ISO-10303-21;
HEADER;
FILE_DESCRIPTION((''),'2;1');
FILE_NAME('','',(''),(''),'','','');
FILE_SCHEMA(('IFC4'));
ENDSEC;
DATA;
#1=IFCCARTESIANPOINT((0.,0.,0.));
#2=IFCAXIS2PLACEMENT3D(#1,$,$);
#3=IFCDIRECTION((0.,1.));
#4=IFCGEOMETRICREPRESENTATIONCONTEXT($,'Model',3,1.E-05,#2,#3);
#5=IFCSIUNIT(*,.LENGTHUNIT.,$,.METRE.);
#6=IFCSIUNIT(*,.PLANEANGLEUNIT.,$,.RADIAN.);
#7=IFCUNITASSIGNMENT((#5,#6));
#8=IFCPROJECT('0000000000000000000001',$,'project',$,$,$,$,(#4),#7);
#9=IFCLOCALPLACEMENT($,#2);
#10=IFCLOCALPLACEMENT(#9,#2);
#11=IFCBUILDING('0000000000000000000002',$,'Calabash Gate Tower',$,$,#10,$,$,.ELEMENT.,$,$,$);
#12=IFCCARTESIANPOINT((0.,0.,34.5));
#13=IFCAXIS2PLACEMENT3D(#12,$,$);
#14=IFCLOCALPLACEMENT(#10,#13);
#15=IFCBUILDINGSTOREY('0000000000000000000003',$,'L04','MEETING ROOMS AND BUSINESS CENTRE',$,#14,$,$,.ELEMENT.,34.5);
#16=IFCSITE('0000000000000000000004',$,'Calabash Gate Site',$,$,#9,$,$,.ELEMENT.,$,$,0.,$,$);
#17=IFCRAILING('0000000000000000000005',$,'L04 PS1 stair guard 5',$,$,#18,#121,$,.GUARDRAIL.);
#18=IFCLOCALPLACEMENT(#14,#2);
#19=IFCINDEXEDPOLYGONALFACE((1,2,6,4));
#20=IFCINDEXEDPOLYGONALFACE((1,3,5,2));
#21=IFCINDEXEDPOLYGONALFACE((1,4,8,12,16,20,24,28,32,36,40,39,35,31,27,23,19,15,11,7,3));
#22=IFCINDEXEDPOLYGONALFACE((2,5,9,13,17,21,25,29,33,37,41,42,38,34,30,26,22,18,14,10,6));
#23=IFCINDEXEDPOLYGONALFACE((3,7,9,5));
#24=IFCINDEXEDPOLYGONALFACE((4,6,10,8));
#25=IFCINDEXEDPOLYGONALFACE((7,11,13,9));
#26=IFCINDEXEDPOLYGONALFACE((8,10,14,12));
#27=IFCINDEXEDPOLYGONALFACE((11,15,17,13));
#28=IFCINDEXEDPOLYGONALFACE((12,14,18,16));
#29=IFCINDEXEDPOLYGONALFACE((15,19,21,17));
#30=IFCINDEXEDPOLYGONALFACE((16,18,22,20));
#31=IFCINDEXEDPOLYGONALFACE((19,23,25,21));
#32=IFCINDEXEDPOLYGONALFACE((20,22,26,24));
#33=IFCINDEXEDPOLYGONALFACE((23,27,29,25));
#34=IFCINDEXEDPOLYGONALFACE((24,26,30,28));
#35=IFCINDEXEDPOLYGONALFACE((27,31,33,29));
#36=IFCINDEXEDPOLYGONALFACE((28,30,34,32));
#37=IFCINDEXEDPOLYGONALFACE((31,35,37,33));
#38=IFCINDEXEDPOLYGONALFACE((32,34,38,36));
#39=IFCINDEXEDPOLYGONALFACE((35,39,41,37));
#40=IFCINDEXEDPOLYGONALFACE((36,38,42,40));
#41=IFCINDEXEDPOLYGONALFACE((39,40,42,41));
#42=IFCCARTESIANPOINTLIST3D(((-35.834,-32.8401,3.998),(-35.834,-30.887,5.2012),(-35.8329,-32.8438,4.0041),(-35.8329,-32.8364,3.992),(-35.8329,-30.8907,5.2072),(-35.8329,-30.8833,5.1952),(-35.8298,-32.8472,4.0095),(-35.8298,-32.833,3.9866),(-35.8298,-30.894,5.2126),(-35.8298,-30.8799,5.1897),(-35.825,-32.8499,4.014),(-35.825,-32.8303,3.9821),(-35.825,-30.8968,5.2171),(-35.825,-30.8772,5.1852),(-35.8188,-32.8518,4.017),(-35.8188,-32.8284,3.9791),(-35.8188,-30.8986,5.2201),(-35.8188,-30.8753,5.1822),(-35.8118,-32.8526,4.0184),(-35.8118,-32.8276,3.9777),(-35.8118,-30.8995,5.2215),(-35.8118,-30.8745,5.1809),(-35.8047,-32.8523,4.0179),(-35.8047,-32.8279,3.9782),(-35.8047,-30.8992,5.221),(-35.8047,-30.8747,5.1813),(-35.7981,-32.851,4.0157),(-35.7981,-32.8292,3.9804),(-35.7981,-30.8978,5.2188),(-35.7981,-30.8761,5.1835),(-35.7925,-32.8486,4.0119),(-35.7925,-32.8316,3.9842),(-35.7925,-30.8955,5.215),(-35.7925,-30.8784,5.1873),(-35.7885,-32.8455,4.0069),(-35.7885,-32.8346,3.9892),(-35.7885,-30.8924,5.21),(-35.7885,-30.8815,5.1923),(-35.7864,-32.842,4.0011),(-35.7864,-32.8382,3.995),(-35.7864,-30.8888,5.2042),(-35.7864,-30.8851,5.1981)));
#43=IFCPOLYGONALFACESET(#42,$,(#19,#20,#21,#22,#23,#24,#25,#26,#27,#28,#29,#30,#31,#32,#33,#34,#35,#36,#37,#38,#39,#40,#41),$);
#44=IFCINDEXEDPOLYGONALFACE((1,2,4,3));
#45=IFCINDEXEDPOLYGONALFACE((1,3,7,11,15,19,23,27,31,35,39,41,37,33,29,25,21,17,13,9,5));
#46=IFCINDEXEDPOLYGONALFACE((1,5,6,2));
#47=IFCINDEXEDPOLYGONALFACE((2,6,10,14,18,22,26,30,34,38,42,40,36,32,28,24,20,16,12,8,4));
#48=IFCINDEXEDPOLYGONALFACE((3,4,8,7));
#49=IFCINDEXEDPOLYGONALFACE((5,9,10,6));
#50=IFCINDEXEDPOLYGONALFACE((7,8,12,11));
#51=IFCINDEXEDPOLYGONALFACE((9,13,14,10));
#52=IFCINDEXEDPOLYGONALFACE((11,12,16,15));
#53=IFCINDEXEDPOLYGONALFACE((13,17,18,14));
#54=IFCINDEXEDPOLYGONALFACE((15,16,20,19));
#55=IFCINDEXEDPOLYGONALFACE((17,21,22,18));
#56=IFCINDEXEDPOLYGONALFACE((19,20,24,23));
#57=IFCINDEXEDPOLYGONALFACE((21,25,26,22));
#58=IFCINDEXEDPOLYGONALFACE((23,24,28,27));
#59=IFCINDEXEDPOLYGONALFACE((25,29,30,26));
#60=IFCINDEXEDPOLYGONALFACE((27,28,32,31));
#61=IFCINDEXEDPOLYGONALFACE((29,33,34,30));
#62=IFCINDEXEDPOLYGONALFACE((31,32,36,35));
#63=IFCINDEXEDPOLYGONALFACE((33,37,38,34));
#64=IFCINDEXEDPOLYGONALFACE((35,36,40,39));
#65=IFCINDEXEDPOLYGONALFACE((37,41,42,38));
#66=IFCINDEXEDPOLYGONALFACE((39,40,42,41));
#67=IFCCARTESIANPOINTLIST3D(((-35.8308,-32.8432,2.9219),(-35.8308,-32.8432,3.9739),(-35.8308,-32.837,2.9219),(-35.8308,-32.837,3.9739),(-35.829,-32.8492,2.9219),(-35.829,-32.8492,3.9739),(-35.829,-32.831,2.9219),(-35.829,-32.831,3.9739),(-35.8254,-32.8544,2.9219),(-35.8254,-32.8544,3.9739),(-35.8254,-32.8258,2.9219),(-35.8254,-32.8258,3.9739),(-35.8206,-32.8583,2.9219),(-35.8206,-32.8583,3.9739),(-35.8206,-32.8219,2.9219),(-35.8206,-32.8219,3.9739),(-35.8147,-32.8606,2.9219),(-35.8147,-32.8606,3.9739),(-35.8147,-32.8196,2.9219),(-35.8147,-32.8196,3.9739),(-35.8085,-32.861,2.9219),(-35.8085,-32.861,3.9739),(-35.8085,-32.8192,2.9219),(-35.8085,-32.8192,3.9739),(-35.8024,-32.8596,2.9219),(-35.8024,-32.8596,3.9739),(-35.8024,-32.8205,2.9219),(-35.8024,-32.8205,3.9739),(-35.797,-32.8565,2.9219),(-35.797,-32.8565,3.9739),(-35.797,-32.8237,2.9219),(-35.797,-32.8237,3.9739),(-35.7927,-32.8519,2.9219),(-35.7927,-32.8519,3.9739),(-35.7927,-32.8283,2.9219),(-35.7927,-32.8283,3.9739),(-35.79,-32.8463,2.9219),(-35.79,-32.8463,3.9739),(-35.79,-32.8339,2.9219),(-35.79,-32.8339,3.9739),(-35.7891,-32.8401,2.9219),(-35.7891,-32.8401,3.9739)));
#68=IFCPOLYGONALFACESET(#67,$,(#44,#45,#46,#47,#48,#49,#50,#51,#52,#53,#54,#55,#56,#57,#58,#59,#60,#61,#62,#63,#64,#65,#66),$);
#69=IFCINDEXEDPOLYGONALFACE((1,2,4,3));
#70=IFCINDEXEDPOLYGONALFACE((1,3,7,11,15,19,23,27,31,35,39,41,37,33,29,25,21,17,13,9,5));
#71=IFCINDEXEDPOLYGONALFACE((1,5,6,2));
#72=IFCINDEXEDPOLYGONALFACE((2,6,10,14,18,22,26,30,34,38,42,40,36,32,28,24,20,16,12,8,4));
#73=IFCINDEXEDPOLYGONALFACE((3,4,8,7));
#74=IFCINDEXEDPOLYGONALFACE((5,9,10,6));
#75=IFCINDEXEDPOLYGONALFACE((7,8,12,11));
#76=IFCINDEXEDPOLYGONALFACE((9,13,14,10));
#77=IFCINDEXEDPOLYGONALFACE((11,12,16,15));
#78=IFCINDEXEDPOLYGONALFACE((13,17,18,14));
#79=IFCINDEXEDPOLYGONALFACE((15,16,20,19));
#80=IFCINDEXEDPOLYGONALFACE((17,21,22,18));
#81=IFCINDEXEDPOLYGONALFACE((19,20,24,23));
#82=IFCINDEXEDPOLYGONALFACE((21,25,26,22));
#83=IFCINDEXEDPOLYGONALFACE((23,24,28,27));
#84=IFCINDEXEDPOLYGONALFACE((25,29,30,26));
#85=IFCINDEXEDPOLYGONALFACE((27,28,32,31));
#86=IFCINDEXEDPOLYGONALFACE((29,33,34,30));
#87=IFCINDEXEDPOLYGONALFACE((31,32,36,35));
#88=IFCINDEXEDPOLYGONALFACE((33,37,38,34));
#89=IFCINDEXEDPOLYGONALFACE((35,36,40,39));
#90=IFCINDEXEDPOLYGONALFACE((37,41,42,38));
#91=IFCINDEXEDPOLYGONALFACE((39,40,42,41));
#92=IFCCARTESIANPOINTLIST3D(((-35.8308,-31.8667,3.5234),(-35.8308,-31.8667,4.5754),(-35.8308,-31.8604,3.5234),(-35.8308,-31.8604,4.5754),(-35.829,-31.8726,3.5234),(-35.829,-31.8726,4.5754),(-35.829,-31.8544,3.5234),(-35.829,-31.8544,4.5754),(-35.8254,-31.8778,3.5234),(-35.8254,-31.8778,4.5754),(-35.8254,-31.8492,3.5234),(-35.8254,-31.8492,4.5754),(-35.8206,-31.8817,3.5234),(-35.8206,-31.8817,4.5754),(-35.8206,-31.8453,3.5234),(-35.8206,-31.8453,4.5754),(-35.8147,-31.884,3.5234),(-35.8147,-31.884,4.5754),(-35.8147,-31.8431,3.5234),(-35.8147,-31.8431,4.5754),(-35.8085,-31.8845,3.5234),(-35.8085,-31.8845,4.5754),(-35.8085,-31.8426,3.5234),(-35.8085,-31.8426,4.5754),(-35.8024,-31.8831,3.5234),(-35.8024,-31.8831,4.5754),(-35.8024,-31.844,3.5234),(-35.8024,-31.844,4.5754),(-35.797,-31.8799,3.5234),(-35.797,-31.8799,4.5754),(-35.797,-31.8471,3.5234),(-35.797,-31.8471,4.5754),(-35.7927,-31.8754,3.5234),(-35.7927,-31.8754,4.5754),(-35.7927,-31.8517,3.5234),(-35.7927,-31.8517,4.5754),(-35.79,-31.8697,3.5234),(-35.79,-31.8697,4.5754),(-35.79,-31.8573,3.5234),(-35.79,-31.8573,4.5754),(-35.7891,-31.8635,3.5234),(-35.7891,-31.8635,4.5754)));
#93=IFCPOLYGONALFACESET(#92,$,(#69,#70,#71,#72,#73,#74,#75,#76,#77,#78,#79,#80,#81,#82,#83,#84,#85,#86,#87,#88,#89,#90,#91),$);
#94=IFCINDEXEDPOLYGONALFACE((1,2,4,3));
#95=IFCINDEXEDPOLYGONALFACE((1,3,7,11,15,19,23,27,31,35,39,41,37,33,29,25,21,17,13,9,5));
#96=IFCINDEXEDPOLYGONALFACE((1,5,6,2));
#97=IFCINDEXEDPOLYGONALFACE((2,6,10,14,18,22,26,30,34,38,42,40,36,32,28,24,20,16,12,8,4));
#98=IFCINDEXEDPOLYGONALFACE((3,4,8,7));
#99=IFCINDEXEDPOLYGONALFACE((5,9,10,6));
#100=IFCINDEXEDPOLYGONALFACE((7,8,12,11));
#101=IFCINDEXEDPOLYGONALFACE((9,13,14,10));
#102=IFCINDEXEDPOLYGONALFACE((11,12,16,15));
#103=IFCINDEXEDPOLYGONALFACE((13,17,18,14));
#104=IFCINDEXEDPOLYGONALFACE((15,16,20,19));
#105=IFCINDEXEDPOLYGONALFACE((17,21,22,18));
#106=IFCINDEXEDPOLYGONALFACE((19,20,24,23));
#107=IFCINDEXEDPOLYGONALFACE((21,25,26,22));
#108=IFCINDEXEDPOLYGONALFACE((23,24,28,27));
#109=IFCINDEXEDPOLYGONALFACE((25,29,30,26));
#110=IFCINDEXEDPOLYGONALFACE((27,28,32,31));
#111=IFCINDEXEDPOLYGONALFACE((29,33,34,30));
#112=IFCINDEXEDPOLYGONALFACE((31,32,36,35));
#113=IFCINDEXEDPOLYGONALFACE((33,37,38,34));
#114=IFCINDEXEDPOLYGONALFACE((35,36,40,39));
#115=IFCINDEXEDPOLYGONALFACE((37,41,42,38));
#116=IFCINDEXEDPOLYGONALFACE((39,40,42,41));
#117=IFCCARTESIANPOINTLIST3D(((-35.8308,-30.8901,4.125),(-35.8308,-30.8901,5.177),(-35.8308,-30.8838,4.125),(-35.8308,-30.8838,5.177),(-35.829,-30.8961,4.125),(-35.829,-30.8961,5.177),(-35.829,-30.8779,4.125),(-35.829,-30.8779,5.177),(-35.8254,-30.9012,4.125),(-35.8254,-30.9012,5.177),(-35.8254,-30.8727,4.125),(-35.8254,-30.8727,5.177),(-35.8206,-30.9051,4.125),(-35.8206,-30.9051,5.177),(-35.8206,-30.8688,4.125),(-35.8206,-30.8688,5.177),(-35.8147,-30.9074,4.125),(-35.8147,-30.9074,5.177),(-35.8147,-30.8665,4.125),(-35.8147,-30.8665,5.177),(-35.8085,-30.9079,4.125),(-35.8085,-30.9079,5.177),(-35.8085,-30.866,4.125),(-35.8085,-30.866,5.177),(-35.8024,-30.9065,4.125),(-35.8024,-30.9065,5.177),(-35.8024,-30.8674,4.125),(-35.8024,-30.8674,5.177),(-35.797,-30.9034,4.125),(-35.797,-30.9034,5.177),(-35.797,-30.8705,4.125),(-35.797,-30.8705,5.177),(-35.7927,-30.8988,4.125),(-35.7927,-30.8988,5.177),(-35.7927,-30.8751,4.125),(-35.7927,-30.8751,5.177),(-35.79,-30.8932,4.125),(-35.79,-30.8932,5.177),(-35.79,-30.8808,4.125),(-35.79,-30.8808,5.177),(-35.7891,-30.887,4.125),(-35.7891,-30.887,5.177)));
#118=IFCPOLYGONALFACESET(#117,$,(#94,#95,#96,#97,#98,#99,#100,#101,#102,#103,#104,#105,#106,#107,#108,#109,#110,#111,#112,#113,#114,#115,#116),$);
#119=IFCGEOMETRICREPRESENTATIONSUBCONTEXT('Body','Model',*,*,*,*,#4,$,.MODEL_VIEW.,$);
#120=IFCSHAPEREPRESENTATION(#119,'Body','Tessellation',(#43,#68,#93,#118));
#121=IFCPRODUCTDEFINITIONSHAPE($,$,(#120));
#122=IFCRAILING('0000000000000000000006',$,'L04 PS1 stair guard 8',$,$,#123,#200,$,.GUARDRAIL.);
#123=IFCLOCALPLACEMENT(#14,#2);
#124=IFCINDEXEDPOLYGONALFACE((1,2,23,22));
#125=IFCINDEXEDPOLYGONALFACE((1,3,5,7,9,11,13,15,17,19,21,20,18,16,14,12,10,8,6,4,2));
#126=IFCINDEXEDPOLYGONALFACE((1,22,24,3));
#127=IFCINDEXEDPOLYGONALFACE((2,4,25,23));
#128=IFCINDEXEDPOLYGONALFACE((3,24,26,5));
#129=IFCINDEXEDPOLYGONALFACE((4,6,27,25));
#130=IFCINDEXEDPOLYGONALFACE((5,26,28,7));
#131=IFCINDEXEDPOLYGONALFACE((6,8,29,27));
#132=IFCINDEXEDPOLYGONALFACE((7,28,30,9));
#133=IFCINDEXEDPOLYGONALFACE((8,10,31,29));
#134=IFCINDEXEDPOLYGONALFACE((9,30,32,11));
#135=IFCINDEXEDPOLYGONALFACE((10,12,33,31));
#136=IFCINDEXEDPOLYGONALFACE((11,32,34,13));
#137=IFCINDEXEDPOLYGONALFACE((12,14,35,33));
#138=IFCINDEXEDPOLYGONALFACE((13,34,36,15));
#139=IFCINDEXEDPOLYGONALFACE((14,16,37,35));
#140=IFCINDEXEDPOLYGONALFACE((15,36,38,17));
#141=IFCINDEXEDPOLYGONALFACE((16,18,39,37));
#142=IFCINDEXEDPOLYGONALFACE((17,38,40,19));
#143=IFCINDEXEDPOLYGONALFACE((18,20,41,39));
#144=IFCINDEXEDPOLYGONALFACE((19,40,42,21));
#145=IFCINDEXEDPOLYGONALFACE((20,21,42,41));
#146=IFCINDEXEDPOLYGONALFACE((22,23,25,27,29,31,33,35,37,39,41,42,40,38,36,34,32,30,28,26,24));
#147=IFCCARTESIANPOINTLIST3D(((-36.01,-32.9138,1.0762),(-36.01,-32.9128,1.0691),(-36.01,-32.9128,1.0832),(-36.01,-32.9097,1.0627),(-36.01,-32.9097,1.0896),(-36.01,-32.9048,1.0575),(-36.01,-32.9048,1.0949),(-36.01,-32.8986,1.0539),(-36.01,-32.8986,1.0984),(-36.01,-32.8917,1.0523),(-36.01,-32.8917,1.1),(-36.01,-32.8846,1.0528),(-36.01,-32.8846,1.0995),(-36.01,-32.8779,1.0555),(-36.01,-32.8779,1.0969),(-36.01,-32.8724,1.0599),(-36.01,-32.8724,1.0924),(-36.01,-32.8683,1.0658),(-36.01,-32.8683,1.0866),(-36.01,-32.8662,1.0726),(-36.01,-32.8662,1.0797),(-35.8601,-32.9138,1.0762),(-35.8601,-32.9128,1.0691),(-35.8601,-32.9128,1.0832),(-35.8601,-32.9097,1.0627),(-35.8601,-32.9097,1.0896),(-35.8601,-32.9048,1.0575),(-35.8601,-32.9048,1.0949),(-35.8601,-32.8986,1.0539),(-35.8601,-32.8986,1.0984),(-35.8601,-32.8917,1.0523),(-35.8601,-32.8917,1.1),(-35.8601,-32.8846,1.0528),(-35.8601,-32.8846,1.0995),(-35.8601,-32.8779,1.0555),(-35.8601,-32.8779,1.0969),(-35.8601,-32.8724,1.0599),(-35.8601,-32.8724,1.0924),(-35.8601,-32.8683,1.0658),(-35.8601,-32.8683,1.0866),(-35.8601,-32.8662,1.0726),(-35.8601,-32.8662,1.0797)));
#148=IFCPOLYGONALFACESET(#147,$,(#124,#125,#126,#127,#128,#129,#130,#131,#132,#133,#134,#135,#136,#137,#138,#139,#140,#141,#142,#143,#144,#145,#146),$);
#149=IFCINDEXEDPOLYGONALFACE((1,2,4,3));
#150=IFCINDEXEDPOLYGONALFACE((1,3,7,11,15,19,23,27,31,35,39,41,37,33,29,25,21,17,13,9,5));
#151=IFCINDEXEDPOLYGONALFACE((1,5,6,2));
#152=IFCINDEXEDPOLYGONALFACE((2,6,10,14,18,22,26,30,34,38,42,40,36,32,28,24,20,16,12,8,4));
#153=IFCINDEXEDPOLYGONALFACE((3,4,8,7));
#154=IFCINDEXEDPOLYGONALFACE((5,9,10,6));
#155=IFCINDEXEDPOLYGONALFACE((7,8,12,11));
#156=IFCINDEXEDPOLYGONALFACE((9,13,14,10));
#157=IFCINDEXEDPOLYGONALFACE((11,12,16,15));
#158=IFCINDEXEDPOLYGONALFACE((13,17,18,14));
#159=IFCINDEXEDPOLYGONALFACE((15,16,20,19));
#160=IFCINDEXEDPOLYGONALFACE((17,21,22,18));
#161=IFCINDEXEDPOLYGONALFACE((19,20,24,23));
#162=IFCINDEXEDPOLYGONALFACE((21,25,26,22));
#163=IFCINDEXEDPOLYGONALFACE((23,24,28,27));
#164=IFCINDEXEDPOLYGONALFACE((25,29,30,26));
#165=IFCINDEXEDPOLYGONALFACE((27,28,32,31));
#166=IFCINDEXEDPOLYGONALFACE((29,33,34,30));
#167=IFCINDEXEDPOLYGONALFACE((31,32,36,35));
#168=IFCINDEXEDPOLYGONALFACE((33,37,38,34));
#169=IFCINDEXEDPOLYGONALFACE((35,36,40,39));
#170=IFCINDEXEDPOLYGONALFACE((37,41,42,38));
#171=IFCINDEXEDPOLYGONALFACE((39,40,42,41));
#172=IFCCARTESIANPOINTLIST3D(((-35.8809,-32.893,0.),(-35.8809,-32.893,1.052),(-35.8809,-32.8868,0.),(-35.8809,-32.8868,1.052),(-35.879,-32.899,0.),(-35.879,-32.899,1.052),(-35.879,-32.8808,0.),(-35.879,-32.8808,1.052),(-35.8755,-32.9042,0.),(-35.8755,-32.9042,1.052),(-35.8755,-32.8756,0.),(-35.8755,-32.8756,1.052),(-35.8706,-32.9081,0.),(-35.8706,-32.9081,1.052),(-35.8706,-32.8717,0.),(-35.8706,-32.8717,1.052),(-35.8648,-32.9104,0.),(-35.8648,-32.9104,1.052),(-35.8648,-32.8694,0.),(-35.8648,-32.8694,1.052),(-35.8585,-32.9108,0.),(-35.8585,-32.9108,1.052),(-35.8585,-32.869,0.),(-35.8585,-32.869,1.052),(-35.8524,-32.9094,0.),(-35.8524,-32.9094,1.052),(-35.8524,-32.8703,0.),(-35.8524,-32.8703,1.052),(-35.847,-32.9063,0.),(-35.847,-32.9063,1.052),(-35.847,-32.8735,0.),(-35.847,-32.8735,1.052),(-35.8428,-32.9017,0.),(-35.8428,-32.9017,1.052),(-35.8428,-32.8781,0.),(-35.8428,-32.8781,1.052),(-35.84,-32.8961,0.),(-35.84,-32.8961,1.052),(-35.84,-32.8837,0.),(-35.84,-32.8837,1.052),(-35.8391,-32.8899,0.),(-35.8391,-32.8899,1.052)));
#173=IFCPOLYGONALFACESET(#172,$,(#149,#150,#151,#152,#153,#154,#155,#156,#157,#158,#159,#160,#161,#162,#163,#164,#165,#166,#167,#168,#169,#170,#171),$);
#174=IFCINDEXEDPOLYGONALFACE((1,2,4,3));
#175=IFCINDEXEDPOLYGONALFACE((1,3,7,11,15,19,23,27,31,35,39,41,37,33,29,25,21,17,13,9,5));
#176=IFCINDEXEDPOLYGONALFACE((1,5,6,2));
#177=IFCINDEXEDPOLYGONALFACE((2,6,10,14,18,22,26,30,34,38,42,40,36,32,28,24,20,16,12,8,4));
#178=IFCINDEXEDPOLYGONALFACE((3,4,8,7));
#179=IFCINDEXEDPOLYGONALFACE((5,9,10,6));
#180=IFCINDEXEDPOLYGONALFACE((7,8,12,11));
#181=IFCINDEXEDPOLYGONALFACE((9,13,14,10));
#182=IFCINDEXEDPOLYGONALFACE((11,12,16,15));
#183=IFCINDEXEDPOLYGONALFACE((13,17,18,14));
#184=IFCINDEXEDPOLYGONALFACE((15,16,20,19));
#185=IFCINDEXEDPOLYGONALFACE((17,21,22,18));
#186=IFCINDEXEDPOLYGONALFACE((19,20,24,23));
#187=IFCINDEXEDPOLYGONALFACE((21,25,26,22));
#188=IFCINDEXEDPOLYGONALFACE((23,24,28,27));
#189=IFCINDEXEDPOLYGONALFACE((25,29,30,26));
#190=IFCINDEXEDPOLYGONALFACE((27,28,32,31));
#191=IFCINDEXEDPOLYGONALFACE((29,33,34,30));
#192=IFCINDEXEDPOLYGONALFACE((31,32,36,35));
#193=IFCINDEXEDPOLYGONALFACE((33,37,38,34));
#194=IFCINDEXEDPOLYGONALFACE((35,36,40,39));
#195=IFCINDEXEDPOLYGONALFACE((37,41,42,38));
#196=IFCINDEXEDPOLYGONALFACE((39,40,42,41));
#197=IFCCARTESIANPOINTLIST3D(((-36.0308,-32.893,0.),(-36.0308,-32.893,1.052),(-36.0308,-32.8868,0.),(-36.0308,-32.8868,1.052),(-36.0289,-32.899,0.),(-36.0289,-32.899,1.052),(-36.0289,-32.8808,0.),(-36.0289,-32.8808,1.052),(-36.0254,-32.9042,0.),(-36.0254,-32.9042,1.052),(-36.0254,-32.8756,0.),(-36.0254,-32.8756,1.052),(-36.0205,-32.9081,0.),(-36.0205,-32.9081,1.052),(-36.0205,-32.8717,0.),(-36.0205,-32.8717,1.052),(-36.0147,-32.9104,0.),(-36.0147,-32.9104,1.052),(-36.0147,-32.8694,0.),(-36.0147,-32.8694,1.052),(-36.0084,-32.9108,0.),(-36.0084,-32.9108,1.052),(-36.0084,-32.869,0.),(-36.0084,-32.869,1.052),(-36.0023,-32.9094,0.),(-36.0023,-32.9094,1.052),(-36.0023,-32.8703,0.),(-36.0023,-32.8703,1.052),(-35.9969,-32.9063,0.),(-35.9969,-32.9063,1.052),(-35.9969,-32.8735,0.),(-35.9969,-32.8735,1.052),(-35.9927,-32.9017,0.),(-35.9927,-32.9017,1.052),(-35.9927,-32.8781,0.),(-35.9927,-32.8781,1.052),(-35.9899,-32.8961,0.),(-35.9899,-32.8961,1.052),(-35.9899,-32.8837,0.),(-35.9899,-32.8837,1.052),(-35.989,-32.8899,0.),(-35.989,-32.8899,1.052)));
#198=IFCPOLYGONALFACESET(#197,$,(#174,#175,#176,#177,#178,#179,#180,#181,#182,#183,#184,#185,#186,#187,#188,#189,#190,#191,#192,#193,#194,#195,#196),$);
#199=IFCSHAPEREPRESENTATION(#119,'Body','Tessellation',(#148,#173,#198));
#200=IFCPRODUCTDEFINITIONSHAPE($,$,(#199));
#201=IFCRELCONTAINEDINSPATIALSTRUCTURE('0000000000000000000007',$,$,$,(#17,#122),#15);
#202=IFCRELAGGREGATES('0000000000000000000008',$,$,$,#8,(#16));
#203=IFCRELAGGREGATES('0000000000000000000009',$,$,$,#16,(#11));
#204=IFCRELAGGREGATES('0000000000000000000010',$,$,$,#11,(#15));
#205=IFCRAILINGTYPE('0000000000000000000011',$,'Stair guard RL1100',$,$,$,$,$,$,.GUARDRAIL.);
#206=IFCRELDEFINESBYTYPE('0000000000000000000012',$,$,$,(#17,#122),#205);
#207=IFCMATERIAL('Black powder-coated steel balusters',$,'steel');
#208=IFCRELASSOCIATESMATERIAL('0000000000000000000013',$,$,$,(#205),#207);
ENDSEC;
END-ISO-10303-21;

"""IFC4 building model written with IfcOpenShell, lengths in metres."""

from ifc_helpers import new_model, si_unit, direction, frame, origin, origin_2d, place, context, subcontext, project, spatial, circle, extrude, material, type_object, element, save


model = new_model("IFC4")

# Units and contexts
model_context = context("Model", 3, precision=1e-05, world=origin(), true_north=direction((0.0, 1.0)))
body_context = subcontext(model_context, "Body", "Model", "MODEL_VIEW")
ifc_project = project(units=[si_unit("LENGTHUNIT", "METRE"), si_unit("PLANEANGLEUNIT", "RADIAN")], contexts=[model_context])

# Site, building, storey
site_placement = place(None, origin())
site = spatial("IfcSite", under=ifc_project, at=site_placement, Name="Calabash Gate Site", CompositionType="ELEMENT", RefElevation=0.0)
building_placement = place(site_placement, origin())
building = spatial("IfcBuilding", under=site, at=building_placement, Name="Calabash Gate Tower", CompositionType="ELEMENT")
storey_placement = place(building_placement, frame((0.0, 0.0, 34.5)))
storey = spatial("IfcBuildingStorey", under=building, at=storey_placement, Name="L04", Description="MEETING ROOMS AND BUSINESS CENTRE", CompositionType="ELEMENT", Elevation=34.5)

# Railings
ifc_material_1 = material(Name="Black powder-coated steel balusters", Category="steel")
railing_type_1 = type_object("IfcRailingType", Name="Stair guard RL1100", PredefinedType="GUARDRAIL", material=ifc_material_1)
railing_1_placement = place(storey_placement, frame((-35.8101, -32.8401, 2.9219)))
element("IfcRailing", 1, at=railing_1_placement, inside=storey, type_object=railing_type_1, Name="L04 PS1 stair guard 5", PredefinedType="GUARDRAIL", context=body_context, shape_type="SweptSolid", body=[
    extrude(circle(Radius=0.0239, at=origin_2d()), frame((0.0, 0.0, 1.0762), z_axis=(0.0, 0.851424, 0.524477), x_axis=(-1.0, 0.0, 0.0)), (0.0, 0.0, 1.0), 2.2939),
    extrude(circle(Radius=0.021, at=origin_2d()), origin(), (0.0, 0.0, 1.0), 1.052),
    extrude(circle(Radius=0.021, at=origin_2d()), frame((0.0, 0.9766, 0.6016)), (0.0, 0.0, 1.0), 1.052),
    extrude(circle(Radius=0.021, at=origin_2d()), frame((0.0, 1.9531, 1.2031)), (0.0, 0.0, 1.0), 1.052),
])
railing_2_placement = place(storey_placement, frame((-35.8601, -32.8899, 0.0)))
element("IfcRailing", 2, at=railing_2_placement, inside=storey, type_object=railing_type_1, Name="L04 PS1 stair guard 8", PredefinedType="GUARDRAIL", context=body_context, shape_type="SweptSolid", body=[
    extrude(circle(Radius=0.0239, at=origin_2d()), frame((0.0, 0.0, 1.0762), z_axis=(-1.0, 0.0, 0.0), x_axis=(0.0, -1.0, 0.0)), (0.0, 0.0, 1.0), 0.1499),
    extrude(circle(Radius=0.021, at=origin_2d()), origin(), (0.0, 0.0, 1.0), 1.052),
    extrude(circle(Radius=0.021, at=origin_2d()), frame((-0.1499, 0.0, 0.0)), (0.0, 0.0, 1.0), 1.052),
])

save(model, "model.ifc")
